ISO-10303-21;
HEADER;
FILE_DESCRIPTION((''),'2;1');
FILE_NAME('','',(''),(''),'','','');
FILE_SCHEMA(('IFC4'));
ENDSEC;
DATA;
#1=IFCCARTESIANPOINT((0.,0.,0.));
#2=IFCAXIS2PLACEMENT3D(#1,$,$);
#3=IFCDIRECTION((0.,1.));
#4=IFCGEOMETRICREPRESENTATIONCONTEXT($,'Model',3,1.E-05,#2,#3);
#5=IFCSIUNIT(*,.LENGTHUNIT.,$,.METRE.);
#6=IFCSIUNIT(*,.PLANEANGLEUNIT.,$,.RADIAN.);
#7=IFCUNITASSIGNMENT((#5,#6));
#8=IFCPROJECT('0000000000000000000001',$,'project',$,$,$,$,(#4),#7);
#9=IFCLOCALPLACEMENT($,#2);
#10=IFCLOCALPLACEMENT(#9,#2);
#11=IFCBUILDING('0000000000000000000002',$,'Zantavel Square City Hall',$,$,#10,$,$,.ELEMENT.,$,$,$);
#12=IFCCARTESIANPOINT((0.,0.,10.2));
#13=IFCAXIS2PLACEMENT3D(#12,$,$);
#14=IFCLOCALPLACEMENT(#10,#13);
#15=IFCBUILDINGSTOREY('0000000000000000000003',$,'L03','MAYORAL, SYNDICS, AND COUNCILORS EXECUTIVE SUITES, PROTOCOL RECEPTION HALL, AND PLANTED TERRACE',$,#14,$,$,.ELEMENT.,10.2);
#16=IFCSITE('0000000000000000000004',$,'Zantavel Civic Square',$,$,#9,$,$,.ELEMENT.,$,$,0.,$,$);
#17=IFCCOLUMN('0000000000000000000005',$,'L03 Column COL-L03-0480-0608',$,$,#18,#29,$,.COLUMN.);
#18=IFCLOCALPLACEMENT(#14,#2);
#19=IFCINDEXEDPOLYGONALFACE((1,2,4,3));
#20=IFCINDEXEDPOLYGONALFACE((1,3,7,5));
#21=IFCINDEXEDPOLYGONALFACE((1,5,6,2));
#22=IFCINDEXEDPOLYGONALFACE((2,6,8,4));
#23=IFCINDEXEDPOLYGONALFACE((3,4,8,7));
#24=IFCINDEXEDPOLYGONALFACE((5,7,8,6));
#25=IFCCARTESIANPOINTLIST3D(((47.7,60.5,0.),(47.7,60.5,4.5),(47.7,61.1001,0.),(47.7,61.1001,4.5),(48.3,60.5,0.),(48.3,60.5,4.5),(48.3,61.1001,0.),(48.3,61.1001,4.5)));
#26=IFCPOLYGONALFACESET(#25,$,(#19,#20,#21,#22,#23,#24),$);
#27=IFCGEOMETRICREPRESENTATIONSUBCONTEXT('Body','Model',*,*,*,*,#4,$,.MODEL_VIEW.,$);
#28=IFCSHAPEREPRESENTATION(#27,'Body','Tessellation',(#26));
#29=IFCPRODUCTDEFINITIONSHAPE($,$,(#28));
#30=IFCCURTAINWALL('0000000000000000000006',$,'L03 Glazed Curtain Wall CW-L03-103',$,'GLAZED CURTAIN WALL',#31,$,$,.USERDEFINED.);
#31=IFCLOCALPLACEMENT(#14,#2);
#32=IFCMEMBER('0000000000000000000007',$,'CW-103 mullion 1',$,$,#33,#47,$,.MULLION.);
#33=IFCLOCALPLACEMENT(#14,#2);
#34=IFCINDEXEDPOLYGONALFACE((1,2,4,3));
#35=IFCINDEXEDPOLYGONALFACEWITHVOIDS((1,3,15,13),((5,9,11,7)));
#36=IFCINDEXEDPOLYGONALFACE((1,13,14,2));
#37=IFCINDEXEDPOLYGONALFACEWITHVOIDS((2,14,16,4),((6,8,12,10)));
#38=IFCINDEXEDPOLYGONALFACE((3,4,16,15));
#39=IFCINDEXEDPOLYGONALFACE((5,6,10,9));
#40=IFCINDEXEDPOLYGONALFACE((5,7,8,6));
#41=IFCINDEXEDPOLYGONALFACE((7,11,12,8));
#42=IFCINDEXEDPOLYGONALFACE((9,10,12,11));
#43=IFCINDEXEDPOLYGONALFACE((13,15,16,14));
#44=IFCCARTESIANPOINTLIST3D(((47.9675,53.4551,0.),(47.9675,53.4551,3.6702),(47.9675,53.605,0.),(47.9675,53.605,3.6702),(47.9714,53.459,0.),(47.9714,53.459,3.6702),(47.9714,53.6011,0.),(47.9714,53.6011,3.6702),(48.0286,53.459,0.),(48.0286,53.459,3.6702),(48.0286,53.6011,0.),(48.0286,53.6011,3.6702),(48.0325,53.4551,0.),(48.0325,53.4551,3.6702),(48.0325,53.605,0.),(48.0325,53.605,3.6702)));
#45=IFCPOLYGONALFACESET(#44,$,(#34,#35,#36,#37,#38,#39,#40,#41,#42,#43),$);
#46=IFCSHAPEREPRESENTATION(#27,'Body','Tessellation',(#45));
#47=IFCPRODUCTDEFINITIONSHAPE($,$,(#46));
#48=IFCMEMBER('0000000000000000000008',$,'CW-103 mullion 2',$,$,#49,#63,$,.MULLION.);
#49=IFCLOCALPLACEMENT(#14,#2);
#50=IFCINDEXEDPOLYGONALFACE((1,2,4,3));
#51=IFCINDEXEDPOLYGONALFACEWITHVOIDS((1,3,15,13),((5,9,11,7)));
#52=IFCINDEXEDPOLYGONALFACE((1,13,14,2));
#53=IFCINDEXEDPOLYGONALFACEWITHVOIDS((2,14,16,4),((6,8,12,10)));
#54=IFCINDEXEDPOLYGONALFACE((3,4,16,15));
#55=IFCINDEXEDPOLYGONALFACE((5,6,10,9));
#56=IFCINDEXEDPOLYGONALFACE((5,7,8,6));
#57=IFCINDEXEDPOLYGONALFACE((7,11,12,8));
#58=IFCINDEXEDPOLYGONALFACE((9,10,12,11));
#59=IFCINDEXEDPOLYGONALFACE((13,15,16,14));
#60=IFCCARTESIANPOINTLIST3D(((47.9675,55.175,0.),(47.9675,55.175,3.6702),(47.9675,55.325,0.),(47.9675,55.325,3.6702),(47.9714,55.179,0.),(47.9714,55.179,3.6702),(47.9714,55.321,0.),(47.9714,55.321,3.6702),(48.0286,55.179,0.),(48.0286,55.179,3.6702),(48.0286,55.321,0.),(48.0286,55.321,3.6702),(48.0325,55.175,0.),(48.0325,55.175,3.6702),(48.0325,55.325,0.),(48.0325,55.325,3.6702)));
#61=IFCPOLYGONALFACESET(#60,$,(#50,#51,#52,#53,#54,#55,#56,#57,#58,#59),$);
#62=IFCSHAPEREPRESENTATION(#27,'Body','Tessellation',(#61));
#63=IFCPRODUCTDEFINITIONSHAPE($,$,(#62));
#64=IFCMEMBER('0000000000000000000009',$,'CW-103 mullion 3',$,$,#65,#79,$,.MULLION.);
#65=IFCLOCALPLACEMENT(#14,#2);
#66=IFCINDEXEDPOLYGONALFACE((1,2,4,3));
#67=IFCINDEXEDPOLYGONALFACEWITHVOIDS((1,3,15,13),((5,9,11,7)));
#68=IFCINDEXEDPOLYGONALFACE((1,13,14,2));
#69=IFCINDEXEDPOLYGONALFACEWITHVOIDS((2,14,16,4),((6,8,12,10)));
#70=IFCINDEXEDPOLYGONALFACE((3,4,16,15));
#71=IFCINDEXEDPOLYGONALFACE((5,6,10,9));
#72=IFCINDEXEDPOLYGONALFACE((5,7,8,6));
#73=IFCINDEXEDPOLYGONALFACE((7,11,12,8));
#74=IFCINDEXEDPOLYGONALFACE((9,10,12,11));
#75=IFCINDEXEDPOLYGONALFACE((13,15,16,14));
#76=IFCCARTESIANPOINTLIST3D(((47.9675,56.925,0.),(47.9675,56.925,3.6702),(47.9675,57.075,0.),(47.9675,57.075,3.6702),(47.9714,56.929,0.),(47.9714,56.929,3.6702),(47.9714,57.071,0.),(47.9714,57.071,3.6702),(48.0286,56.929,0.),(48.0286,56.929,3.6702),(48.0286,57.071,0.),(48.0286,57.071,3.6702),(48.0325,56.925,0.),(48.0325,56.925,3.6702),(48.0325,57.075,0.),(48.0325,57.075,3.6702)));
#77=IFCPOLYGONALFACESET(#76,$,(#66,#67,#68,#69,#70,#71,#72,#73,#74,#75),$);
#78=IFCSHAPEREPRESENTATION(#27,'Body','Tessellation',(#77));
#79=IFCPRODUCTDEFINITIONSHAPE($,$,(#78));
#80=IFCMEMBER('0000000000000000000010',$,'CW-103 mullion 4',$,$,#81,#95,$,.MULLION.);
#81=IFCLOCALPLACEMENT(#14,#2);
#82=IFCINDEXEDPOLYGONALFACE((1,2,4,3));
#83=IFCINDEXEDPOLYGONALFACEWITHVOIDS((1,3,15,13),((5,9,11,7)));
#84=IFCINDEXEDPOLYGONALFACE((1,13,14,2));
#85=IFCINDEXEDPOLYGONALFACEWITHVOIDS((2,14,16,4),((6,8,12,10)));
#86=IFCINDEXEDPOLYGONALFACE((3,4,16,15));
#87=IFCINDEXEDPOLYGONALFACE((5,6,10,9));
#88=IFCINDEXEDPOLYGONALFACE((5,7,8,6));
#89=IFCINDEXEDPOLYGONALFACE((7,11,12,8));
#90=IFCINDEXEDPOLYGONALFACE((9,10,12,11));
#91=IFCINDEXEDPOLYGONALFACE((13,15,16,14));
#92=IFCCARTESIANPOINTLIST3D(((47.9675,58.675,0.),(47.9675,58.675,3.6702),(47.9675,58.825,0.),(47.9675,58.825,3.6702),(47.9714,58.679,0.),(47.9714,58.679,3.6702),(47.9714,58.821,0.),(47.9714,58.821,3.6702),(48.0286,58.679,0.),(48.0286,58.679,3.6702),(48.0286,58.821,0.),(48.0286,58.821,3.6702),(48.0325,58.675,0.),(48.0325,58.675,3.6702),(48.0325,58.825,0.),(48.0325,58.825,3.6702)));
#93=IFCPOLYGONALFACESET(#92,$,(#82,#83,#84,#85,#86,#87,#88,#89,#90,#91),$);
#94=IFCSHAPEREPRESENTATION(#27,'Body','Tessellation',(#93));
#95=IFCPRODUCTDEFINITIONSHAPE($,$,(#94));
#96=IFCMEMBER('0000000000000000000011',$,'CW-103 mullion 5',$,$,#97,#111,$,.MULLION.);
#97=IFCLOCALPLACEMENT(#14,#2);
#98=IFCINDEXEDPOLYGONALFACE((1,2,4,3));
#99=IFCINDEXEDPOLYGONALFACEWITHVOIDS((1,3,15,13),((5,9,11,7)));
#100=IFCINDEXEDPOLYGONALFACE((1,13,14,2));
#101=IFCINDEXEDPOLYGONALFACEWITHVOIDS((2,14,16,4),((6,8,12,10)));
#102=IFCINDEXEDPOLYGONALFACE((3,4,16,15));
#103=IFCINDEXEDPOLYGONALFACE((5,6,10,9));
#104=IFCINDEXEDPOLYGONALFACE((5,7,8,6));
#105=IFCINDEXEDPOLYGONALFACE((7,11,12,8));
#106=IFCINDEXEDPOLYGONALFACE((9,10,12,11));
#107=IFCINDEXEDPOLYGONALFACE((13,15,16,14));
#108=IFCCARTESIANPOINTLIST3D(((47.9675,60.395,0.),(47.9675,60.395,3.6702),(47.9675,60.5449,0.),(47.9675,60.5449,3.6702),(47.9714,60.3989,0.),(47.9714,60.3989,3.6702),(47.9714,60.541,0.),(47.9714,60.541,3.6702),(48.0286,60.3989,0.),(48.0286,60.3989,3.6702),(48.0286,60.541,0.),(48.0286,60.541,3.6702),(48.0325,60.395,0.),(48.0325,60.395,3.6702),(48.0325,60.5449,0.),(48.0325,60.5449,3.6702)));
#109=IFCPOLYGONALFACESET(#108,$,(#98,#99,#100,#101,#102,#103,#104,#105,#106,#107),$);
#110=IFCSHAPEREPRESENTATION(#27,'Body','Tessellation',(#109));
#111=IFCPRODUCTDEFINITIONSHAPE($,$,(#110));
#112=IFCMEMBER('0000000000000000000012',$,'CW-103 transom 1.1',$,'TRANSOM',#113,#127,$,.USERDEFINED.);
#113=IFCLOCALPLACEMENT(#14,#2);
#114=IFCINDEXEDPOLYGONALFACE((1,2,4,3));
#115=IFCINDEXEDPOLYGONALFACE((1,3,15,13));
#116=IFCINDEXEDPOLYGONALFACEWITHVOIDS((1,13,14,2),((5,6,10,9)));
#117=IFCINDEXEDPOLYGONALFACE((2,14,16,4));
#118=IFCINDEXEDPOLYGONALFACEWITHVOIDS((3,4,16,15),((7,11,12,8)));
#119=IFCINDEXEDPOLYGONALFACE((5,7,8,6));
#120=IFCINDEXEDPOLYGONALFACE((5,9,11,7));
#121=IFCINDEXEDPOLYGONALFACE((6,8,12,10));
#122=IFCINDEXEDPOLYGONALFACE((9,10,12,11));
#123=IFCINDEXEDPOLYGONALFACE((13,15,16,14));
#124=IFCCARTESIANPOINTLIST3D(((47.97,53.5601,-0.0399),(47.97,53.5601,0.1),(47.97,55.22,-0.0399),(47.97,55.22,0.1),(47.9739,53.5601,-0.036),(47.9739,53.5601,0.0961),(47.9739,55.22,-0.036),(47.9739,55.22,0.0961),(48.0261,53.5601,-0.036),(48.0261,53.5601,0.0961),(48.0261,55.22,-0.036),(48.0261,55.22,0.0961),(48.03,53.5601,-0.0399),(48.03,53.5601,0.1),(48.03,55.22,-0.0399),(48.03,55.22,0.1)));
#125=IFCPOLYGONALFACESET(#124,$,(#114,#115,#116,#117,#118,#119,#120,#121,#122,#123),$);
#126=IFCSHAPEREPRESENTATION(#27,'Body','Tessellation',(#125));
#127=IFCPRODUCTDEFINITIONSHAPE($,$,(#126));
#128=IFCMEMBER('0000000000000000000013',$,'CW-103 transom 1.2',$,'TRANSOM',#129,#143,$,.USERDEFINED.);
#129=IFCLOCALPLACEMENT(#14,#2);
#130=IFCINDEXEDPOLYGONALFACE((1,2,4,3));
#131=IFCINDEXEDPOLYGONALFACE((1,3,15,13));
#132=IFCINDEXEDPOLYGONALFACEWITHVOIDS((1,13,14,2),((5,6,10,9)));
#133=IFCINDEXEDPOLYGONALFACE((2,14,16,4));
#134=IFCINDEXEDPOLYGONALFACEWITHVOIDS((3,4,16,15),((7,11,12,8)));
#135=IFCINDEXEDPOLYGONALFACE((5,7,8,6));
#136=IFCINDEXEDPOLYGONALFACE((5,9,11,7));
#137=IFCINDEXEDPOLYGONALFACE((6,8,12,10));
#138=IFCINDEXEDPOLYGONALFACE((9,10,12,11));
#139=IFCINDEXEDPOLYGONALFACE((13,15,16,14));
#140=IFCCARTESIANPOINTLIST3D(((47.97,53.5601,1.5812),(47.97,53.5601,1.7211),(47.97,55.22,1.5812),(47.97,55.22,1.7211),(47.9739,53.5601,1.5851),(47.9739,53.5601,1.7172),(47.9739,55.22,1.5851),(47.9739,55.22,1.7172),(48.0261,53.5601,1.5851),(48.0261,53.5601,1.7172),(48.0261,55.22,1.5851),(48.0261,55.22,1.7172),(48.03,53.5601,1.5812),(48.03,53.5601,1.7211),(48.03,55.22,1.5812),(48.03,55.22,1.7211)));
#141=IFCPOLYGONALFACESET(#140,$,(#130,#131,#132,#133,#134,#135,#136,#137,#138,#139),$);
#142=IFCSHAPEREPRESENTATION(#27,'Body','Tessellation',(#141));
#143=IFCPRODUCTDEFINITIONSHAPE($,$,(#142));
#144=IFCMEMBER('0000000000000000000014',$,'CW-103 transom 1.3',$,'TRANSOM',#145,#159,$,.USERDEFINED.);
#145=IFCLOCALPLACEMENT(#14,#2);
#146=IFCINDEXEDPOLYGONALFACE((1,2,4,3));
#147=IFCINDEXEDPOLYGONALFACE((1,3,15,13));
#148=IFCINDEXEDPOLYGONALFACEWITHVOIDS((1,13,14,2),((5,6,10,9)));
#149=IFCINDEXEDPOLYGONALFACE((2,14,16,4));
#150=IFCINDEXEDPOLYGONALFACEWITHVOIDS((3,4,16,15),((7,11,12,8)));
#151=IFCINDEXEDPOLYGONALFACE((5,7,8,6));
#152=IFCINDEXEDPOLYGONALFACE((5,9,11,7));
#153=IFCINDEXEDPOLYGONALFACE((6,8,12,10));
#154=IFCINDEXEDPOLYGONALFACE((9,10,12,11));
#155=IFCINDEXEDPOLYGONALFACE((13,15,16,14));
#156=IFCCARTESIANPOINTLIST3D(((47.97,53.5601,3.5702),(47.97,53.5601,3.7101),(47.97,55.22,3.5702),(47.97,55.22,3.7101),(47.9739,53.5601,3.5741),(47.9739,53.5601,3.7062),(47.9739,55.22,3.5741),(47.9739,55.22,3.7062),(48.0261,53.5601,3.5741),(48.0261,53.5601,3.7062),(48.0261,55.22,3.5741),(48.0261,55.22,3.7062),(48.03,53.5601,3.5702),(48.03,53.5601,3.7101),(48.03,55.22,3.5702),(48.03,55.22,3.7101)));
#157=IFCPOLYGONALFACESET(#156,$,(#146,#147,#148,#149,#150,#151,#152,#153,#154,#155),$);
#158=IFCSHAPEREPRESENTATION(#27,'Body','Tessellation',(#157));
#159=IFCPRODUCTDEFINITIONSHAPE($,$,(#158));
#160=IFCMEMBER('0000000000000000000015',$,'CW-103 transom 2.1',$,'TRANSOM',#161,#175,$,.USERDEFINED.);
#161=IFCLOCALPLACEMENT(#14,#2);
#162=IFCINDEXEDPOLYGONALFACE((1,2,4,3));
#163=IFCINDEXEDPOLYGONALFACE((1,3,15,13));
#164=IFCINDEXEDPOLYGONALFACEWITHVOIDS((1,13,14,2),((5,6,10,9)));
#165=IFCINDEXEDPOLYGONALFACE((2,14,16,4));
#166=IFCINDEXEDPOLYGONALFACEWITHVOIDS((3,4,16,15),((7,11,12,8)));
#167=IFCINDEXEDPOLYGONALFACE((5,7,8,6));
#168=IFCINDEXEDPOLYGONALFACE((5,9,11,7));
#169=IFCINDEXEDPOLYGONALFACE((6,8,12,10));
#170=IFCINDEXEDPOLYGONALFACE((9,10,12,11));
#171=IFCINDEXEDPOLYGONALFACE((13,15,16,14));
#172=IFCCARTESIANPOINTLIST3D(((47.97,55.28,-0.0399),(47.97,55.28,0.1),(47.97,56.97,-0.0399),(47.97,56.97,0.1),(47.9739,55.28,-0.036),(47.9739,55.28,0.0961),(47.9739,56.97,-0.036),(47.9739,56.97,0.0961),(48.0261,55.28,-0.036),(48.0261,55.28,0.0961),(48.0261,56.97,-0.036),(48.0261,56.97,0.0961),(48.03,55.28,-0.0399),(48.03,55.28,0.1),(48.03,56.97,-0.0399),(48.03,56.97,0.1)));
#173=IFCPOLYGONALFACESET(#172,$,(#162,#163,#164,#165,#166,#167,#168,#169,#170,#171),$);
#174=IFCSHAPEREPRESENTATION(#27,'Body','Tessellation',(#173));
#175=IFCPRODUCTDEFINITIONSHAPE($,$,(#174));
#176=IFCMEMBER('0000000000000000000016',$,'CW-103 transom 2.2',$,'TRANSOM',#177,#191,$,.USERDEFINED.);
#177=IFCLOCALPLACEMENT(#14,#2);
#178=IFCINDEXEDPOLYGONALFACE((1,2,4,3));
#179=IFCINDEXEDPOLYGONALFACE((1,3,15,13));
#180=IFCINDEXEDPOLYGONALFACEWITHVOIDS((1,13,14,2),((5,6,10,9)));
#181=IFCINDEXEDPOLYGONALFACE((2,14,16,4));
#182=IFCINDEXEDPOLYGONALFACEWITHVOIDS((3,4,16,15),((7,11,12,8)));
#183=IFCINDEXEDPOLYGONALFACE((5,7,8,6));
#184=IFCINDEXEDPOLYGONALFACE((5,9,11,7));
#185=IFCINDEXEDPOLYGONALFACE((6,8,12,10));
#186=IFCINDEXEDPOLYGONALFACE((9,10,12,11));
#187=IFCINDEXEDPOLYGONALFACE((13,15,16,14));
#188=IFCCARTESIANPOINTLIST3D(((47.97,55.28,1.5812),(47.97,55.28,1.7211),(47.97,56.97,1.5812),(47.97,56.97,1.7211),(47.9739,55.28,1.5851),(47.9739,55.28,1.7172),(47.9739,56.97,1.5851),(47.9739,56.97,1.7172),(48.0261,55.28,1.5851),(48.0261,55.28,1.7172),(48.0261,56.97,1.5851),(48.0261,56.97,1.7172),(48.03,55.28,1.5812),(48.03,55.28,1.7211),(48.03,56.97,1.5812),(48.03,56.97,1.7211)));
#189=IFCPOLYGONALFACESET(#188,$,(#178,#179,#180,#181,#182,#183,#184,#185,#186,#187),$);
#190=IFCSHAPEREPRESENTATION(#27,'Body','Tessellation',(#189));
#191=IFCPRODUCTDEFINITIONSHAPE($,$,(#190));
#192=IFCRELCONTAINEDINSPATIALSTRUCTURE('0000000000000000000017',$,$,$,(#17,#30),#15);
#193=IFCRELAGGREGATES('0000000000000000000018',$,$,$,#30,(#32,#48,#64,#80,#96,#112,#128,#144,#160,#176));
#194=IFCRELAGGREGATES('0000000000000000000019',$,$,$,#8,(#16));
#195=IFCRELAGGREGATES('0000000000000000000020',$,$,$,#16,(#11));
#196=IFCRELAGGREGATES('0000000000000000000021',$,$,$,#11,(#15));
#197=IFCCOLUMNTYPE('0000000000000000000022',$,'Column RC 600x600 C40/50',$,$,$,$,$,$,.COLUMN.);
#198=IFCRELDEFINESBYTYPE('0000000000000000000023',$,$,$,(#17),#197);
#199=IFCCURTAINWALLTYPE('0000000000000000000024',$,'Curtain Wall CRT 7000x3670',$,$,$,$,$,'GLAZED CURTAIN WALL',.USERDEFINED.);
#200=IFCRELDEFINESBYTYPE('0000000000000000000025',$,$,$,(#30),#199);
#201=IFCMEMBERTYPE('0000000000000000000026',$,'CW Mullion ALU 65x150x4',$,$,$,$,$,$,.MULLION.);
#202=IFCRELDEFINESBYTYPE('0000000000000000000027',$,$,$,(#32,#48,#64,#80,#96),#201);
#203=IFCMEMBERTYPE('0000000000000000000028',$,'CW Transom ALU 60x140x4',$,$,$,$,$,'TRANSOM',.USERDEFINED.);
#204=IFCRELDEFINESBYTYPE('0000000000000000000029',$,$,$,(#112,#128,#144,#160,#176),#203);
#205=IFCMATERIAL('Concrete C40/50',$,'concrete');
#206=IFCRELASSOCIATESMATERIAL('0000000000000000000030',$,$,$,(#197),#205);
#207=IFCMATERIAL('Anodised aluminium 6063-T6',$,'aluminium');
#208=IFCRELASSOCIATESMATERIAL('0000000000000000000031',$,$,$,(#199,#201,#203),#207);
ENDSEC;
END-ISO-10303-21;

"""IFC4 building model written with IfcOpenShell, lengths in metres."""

from ifc_helpers import new_model, si_unit, direction, frame, origin, origin_2d, place, context, subcontext, project, spatial, rectangle, hollow_rectangle, extrude, material, material_profile, profile_set, type_object, element, aggregate, save


model = new_model("IFC4")

# Units and contexts
model_context = context("Model", 3, precision=1e-05, world=origin(), true_north=direction((0.0, 1.0)))
body_context = subcontext(model_context, "Body", "Model", "MODEL_VIEW")
ifc_project = project(units=[si_unit("LENGTHUNIT", "METRE"), si_unit("PLANEANGLEUNIT", "RADIAN")], contexts=[model_context])

# Site, building, storey
site_placement = place(None, origin())
site = spatial("IfcSite", under=ifc_project, at=site_placement, Name="Zantavel Civic Square", CompositionType="ELEMENT", RefElevation=0.0)
building_placement = place(site_placement, origin())
building = spatial("IfcBuilding", under=site, at=building_placement, Name="Zantavel Square City Hall", CompositionType="ELEMENT")
storey_placement = place(building_placement, frame((0.0, 0.0, 10.2)))
storey = spatial("IfcBuildingStorey", under=building, at=storey_placement, Name="L03", Description="MAYORAL, SYNDICS, AND COUNCILORS EXECUTIVE SUITES, PROTOCOL RECEPTION HALL, AND PLANTED TERRACE", CompositionType="ELEMENT", Elevation=10.2)

# Column
ifc_material_1 = material(Name="Concrete C40/50", Category="concrete")
ifc_material_profile_1 = material_profile(ifc_material_1, rectangle(XDim=0.6001, YDim=0.6001, at=origin_2d()), Name="RC 600x600")
ifc_profile_set_1 = profile_set([ifc_material_profile_1], Name="Concrete C40/50")
column_type = type_object("IfcColumnType", Name="Column RC 600x600 C40/50", PredefinedType="COLUMN", material=ifc_profile_set_1)
column_placement = place(storey_placement, frame((48.0, 60.8, 0.0), z_axis=(0.0, 0.0, 1.0), x_axis=(1.0, 0.0, 0.0)))
element("IfcColumn", 1, at=column_placement, inside=storey, type_object=column_type, Name="L03 Column COL-L03-0480-0608", PredefinedType="COLUMN", context=body_context, shape_type="SweptSolid", body=[
    extrude(rectangle(XDim=0.6001, YDim=0.6001, at=origin_2d()), origin(), (0.0, 0.0, 1.0), 4.5),
])

# Curtain wall, members
ifc_material_2 = material(Name="Anodised aluminium 6063-T6", Category="aluminium")
curtain_wall_type = type_object("IfcCurtainWallType", Name="Curtain Wall CRT 7000x3670", ElementType="GLAZED CURTAIN WALL", PredefinedType="USERDEFINED", material=ifc_material_2)
curtain_wall_placement = place(storey_placement, origin())
curtain_wall = element("IfcCurtainWall", 2, at=curtain_wall_placement, inside=storey, type_object=curtain_wall_type, Name="L03 Glazed Curtain Wall CW-L03-103", ObjectType="GLAZED CURTAIN WALL", PredefinedType="USERDEFINED")
ifc_material_profile_2 = material_profile(ifc_material_2, hollow_rectangle(XDim=0.0649, YDim=0.1499, WallThickness=0.0039, at=origin_2d()), Name="ALU 65x150x4")
ifc_profile_set_2 = profile_set([ifc_material_profile_2], Name="Anodised aluminium 6063-T6")
member_type_1 = type_object("IfcMemberType", Name="CW Mullion ALU 65x150x4", PredefinedType="MULLION", material=ifc_profile_set_2)
member_1_placement = place(storey_placement, frame((48.0, 53.53, 0.0), z_axis=(0.0, 0.0, 1.0), x_axis=(-1.0, 0.0, 0.0)))
member_1 = element("IfcMember", 3, at=member_1_placement, type_object=member_type_1, Name="CW-103 mullion 1", PredefinedType="MULLION", context=body_context, shape_type="SweptSolid", body=[
    extrude(hollow_rectangle(XDim=0.0649, YDim=0.1499, WallThickness=0.0039, at=origin_2d()), origin(), (0.0, 0.0, 1.0), 3.6702),
])
member_2_placement = place(storey_placement, frame((48.0, 55.25, 0.0), z_axis=(0.0, 0.0, 1.0), x_axis=(-1.0, 0.0, 0.0)))
member_2 = element("IfcMember", 4, at=member_2_placement, type_object=member_type_1, Name="CW-103 mullion 2", PredefinedType="MULLION", context=body_context, shape_type="SweptSolid", body=[
    extrude(hollow_rectangle(XDim=0.0649, YDim=0.1499, WallThickness=0.0039, at=origin_2d()), origin(), (0.0, 0.0, 1.0), 3.6702),
])
member_3_placement = place(storey_placement, frame((48.0, 57.0, 0.0), z_axis=(0.0, 0.0, 1.0), x_axis=(-1.0, 0.0, 0.0)))
member_3 = element("IfcMember", 5, at=member_3_placement, type_object=member_type_1, Name="CW-103 mullion 3", PredefinedType="MULLION", context=body_context, shape_type="SweptSolid", body=[
    extrude(hollow_rectangle(XDim=0.0649, YDim=0.1499, WallThickness=0.0039, at=origin_2d()), origin(), (0.0, 0.0, 1.0), 3.6702),
])
member_4_placement = place(storey_placement, frame((48.0, 58.75, 0.0), z_axis=(0.0, 0.0, 1.0), x_axis=(-1.0, 0.0, 0.0)))
member_4 = element("IfcMember", 6, at=member_4_placement, type_object=member_type_1, Name="CW-103 mullion 4", PredefinedType="MULLION", context=body_context, shape_type="SweptSolid", body=[
    extrude(hollow_rectangle(XDim=0.0649, YDim=0.1499, WallThickness=0.0039, at=origin_2d()), origin(), (0.0, 0.0, 1.0), 3.6702),
])
member_5_placement = place(storey_placement, frame((48.0, 60.47, 0.0), z_axis=(0.0, 0.0, 1.0), x_axis=(-1.0, 0.0, 0.0)))
member_5 = element("IfcMember", 7, at=member_5_placement, type_object=member_type_1, Name="CW-103 mullion 5", PredefinedType="MULLION", context=body_context, shape_type="SweptSolid", body=[
    extrude(hollow_rectangle(XDim=0.0649, YDim=0.1499, WallThickness=0.0039, at=origin_2d()), origin(), (0.0, 0.0, 1.0), 3.6702),
])
ifc_material_profile_3 = material_profile(ifc_material_2, hollow_rectangle(XDim=0.0601, YDim=0.1399, WallThickness=0.0039, at=origin_2d()), Name="ALU 60x140x4")
ifc_profile_set_3 = profile_set([ifc_material_profile_3], Name="Anodised aluminium 6063-T6")
member_type_2 = type_object("IfcMemberType", Name="CW Transom ALU 60x140x4", ElementType="TRANSOM", PredefinedType="USERDEFINED", material=ifc_profile_set_3)
member_6_placement = place(storey_placement, frame((48.0, 53.5601, 0.03), z_axis=(0.0, 1.0, 0.0), x_axis=(-1.0, 0.0, 0.0)))
member_6 = element("IfcMember", 8, at=member_6_placement, type_object=member_type_2, Name="CW-103 transom 1.1", ObjectType="TRANSOM", PredefinedType="USERDEFINED", context=body_context, shape_type="SweptSolid", body=[
    extrude(hollow_rectangle(XDim=0.0601, YDim=0.1399, WallThickness=0.0039, at=origin_2d()), origin(), (0.0, 0.0, 1.0), 1.6599),
])
member_7_placement = place(storey_placement, frame((48.0, 53.5601, 1.6511), z_axis=(0.0, 1.0, 0.0), x_axis=(-1.0, 0.0, 0.0)))
member_7 = element("IfcMember", 9, at=member_7_placement, type_object=member_type_2, Name="CW-103 transom 1.2", ObjectType="TRANSOM", PredefinedType="USERDEFINED", context=body_context, shape_type="SweptSolid", body=[
    extrude(hollow_rectangle(XDim=0.0601, YDim=0.1399, WallThickness=0.0039, at=origin_2d()), origin(), (0.0, 0.0, 1.0), 1.6599),
])
member_8_placement = place(storey_placement, frame((48.0, 53.5601, 3.6401), z_axis=(0.0, 1.0, 0.0), x_axis=(-1.0, 0.0, 0.0)))
member_8 = element("IfcMember", 10, at=member_8_placement, type_object=member_type_2, Name="CW-103 transom 1.3", ObjectType="TRANSOM", PredefinedType="USERDEFINED", context=body_context, shape_type="SweptSolid", body=[
    extrude(hollow_rectangle(XDim=0.0601, YDim=0.1399, WallThickness=0.0039, at=origin_2d()), origin(), (0.0, 0.0, 1.0), 1.6599),
])
member_9_placement = place(storey_placement, frame((48.0, 55.28, 0.03), z_axis=(0.0, 1.0, 0.0), x_axis=(-1.0, 0.0, 0.0)))
member_9 = element("IfcMember", 11, at=member_9_placement, type_object=member_type_2, Name="CW-103 transom 2.1", ObjectType="TRANSOM", PredefinedType="USERDEFINED", context=body_context, shape_type="SweptSolid", body=[
    extrude(hollow_rectangle(XDim=0.0601, YDim=0.1399, WallThickness=0.0039, at=origin_2d()), origin(), (0.0, 0.0, 1.0), 1.6899),
])
member_10_placement = place(storey_placement, frame((48.0, 55.28, 1.6511), z_axis=(0.0, 1.0, 0.0), x_axis=(-1.0, 0.0, 0.0)))
member_10 = element("IfcMember", 12, at=member_10_placement, type_object=member_type_2, Name="CW-103 transom 2.2", ObjectType="TRANSOM", PredefinedType="USERDEFINED", context=body_context, shape_type="SweptSolid", body=[
    extrude(hollow_rectangle(XDim=0.0601, YDim=0.1399, WallThickness=0.0039, at=origin_2d()), origin(), (0.0, 0.0, 1.0), 1.6899),
])
aggregate(curtain_wall, [member_1, member_2, member_3, member_4, member_5, member_6, member_7, member_8, member_9, member_10])

save(model, "model.ifc")
